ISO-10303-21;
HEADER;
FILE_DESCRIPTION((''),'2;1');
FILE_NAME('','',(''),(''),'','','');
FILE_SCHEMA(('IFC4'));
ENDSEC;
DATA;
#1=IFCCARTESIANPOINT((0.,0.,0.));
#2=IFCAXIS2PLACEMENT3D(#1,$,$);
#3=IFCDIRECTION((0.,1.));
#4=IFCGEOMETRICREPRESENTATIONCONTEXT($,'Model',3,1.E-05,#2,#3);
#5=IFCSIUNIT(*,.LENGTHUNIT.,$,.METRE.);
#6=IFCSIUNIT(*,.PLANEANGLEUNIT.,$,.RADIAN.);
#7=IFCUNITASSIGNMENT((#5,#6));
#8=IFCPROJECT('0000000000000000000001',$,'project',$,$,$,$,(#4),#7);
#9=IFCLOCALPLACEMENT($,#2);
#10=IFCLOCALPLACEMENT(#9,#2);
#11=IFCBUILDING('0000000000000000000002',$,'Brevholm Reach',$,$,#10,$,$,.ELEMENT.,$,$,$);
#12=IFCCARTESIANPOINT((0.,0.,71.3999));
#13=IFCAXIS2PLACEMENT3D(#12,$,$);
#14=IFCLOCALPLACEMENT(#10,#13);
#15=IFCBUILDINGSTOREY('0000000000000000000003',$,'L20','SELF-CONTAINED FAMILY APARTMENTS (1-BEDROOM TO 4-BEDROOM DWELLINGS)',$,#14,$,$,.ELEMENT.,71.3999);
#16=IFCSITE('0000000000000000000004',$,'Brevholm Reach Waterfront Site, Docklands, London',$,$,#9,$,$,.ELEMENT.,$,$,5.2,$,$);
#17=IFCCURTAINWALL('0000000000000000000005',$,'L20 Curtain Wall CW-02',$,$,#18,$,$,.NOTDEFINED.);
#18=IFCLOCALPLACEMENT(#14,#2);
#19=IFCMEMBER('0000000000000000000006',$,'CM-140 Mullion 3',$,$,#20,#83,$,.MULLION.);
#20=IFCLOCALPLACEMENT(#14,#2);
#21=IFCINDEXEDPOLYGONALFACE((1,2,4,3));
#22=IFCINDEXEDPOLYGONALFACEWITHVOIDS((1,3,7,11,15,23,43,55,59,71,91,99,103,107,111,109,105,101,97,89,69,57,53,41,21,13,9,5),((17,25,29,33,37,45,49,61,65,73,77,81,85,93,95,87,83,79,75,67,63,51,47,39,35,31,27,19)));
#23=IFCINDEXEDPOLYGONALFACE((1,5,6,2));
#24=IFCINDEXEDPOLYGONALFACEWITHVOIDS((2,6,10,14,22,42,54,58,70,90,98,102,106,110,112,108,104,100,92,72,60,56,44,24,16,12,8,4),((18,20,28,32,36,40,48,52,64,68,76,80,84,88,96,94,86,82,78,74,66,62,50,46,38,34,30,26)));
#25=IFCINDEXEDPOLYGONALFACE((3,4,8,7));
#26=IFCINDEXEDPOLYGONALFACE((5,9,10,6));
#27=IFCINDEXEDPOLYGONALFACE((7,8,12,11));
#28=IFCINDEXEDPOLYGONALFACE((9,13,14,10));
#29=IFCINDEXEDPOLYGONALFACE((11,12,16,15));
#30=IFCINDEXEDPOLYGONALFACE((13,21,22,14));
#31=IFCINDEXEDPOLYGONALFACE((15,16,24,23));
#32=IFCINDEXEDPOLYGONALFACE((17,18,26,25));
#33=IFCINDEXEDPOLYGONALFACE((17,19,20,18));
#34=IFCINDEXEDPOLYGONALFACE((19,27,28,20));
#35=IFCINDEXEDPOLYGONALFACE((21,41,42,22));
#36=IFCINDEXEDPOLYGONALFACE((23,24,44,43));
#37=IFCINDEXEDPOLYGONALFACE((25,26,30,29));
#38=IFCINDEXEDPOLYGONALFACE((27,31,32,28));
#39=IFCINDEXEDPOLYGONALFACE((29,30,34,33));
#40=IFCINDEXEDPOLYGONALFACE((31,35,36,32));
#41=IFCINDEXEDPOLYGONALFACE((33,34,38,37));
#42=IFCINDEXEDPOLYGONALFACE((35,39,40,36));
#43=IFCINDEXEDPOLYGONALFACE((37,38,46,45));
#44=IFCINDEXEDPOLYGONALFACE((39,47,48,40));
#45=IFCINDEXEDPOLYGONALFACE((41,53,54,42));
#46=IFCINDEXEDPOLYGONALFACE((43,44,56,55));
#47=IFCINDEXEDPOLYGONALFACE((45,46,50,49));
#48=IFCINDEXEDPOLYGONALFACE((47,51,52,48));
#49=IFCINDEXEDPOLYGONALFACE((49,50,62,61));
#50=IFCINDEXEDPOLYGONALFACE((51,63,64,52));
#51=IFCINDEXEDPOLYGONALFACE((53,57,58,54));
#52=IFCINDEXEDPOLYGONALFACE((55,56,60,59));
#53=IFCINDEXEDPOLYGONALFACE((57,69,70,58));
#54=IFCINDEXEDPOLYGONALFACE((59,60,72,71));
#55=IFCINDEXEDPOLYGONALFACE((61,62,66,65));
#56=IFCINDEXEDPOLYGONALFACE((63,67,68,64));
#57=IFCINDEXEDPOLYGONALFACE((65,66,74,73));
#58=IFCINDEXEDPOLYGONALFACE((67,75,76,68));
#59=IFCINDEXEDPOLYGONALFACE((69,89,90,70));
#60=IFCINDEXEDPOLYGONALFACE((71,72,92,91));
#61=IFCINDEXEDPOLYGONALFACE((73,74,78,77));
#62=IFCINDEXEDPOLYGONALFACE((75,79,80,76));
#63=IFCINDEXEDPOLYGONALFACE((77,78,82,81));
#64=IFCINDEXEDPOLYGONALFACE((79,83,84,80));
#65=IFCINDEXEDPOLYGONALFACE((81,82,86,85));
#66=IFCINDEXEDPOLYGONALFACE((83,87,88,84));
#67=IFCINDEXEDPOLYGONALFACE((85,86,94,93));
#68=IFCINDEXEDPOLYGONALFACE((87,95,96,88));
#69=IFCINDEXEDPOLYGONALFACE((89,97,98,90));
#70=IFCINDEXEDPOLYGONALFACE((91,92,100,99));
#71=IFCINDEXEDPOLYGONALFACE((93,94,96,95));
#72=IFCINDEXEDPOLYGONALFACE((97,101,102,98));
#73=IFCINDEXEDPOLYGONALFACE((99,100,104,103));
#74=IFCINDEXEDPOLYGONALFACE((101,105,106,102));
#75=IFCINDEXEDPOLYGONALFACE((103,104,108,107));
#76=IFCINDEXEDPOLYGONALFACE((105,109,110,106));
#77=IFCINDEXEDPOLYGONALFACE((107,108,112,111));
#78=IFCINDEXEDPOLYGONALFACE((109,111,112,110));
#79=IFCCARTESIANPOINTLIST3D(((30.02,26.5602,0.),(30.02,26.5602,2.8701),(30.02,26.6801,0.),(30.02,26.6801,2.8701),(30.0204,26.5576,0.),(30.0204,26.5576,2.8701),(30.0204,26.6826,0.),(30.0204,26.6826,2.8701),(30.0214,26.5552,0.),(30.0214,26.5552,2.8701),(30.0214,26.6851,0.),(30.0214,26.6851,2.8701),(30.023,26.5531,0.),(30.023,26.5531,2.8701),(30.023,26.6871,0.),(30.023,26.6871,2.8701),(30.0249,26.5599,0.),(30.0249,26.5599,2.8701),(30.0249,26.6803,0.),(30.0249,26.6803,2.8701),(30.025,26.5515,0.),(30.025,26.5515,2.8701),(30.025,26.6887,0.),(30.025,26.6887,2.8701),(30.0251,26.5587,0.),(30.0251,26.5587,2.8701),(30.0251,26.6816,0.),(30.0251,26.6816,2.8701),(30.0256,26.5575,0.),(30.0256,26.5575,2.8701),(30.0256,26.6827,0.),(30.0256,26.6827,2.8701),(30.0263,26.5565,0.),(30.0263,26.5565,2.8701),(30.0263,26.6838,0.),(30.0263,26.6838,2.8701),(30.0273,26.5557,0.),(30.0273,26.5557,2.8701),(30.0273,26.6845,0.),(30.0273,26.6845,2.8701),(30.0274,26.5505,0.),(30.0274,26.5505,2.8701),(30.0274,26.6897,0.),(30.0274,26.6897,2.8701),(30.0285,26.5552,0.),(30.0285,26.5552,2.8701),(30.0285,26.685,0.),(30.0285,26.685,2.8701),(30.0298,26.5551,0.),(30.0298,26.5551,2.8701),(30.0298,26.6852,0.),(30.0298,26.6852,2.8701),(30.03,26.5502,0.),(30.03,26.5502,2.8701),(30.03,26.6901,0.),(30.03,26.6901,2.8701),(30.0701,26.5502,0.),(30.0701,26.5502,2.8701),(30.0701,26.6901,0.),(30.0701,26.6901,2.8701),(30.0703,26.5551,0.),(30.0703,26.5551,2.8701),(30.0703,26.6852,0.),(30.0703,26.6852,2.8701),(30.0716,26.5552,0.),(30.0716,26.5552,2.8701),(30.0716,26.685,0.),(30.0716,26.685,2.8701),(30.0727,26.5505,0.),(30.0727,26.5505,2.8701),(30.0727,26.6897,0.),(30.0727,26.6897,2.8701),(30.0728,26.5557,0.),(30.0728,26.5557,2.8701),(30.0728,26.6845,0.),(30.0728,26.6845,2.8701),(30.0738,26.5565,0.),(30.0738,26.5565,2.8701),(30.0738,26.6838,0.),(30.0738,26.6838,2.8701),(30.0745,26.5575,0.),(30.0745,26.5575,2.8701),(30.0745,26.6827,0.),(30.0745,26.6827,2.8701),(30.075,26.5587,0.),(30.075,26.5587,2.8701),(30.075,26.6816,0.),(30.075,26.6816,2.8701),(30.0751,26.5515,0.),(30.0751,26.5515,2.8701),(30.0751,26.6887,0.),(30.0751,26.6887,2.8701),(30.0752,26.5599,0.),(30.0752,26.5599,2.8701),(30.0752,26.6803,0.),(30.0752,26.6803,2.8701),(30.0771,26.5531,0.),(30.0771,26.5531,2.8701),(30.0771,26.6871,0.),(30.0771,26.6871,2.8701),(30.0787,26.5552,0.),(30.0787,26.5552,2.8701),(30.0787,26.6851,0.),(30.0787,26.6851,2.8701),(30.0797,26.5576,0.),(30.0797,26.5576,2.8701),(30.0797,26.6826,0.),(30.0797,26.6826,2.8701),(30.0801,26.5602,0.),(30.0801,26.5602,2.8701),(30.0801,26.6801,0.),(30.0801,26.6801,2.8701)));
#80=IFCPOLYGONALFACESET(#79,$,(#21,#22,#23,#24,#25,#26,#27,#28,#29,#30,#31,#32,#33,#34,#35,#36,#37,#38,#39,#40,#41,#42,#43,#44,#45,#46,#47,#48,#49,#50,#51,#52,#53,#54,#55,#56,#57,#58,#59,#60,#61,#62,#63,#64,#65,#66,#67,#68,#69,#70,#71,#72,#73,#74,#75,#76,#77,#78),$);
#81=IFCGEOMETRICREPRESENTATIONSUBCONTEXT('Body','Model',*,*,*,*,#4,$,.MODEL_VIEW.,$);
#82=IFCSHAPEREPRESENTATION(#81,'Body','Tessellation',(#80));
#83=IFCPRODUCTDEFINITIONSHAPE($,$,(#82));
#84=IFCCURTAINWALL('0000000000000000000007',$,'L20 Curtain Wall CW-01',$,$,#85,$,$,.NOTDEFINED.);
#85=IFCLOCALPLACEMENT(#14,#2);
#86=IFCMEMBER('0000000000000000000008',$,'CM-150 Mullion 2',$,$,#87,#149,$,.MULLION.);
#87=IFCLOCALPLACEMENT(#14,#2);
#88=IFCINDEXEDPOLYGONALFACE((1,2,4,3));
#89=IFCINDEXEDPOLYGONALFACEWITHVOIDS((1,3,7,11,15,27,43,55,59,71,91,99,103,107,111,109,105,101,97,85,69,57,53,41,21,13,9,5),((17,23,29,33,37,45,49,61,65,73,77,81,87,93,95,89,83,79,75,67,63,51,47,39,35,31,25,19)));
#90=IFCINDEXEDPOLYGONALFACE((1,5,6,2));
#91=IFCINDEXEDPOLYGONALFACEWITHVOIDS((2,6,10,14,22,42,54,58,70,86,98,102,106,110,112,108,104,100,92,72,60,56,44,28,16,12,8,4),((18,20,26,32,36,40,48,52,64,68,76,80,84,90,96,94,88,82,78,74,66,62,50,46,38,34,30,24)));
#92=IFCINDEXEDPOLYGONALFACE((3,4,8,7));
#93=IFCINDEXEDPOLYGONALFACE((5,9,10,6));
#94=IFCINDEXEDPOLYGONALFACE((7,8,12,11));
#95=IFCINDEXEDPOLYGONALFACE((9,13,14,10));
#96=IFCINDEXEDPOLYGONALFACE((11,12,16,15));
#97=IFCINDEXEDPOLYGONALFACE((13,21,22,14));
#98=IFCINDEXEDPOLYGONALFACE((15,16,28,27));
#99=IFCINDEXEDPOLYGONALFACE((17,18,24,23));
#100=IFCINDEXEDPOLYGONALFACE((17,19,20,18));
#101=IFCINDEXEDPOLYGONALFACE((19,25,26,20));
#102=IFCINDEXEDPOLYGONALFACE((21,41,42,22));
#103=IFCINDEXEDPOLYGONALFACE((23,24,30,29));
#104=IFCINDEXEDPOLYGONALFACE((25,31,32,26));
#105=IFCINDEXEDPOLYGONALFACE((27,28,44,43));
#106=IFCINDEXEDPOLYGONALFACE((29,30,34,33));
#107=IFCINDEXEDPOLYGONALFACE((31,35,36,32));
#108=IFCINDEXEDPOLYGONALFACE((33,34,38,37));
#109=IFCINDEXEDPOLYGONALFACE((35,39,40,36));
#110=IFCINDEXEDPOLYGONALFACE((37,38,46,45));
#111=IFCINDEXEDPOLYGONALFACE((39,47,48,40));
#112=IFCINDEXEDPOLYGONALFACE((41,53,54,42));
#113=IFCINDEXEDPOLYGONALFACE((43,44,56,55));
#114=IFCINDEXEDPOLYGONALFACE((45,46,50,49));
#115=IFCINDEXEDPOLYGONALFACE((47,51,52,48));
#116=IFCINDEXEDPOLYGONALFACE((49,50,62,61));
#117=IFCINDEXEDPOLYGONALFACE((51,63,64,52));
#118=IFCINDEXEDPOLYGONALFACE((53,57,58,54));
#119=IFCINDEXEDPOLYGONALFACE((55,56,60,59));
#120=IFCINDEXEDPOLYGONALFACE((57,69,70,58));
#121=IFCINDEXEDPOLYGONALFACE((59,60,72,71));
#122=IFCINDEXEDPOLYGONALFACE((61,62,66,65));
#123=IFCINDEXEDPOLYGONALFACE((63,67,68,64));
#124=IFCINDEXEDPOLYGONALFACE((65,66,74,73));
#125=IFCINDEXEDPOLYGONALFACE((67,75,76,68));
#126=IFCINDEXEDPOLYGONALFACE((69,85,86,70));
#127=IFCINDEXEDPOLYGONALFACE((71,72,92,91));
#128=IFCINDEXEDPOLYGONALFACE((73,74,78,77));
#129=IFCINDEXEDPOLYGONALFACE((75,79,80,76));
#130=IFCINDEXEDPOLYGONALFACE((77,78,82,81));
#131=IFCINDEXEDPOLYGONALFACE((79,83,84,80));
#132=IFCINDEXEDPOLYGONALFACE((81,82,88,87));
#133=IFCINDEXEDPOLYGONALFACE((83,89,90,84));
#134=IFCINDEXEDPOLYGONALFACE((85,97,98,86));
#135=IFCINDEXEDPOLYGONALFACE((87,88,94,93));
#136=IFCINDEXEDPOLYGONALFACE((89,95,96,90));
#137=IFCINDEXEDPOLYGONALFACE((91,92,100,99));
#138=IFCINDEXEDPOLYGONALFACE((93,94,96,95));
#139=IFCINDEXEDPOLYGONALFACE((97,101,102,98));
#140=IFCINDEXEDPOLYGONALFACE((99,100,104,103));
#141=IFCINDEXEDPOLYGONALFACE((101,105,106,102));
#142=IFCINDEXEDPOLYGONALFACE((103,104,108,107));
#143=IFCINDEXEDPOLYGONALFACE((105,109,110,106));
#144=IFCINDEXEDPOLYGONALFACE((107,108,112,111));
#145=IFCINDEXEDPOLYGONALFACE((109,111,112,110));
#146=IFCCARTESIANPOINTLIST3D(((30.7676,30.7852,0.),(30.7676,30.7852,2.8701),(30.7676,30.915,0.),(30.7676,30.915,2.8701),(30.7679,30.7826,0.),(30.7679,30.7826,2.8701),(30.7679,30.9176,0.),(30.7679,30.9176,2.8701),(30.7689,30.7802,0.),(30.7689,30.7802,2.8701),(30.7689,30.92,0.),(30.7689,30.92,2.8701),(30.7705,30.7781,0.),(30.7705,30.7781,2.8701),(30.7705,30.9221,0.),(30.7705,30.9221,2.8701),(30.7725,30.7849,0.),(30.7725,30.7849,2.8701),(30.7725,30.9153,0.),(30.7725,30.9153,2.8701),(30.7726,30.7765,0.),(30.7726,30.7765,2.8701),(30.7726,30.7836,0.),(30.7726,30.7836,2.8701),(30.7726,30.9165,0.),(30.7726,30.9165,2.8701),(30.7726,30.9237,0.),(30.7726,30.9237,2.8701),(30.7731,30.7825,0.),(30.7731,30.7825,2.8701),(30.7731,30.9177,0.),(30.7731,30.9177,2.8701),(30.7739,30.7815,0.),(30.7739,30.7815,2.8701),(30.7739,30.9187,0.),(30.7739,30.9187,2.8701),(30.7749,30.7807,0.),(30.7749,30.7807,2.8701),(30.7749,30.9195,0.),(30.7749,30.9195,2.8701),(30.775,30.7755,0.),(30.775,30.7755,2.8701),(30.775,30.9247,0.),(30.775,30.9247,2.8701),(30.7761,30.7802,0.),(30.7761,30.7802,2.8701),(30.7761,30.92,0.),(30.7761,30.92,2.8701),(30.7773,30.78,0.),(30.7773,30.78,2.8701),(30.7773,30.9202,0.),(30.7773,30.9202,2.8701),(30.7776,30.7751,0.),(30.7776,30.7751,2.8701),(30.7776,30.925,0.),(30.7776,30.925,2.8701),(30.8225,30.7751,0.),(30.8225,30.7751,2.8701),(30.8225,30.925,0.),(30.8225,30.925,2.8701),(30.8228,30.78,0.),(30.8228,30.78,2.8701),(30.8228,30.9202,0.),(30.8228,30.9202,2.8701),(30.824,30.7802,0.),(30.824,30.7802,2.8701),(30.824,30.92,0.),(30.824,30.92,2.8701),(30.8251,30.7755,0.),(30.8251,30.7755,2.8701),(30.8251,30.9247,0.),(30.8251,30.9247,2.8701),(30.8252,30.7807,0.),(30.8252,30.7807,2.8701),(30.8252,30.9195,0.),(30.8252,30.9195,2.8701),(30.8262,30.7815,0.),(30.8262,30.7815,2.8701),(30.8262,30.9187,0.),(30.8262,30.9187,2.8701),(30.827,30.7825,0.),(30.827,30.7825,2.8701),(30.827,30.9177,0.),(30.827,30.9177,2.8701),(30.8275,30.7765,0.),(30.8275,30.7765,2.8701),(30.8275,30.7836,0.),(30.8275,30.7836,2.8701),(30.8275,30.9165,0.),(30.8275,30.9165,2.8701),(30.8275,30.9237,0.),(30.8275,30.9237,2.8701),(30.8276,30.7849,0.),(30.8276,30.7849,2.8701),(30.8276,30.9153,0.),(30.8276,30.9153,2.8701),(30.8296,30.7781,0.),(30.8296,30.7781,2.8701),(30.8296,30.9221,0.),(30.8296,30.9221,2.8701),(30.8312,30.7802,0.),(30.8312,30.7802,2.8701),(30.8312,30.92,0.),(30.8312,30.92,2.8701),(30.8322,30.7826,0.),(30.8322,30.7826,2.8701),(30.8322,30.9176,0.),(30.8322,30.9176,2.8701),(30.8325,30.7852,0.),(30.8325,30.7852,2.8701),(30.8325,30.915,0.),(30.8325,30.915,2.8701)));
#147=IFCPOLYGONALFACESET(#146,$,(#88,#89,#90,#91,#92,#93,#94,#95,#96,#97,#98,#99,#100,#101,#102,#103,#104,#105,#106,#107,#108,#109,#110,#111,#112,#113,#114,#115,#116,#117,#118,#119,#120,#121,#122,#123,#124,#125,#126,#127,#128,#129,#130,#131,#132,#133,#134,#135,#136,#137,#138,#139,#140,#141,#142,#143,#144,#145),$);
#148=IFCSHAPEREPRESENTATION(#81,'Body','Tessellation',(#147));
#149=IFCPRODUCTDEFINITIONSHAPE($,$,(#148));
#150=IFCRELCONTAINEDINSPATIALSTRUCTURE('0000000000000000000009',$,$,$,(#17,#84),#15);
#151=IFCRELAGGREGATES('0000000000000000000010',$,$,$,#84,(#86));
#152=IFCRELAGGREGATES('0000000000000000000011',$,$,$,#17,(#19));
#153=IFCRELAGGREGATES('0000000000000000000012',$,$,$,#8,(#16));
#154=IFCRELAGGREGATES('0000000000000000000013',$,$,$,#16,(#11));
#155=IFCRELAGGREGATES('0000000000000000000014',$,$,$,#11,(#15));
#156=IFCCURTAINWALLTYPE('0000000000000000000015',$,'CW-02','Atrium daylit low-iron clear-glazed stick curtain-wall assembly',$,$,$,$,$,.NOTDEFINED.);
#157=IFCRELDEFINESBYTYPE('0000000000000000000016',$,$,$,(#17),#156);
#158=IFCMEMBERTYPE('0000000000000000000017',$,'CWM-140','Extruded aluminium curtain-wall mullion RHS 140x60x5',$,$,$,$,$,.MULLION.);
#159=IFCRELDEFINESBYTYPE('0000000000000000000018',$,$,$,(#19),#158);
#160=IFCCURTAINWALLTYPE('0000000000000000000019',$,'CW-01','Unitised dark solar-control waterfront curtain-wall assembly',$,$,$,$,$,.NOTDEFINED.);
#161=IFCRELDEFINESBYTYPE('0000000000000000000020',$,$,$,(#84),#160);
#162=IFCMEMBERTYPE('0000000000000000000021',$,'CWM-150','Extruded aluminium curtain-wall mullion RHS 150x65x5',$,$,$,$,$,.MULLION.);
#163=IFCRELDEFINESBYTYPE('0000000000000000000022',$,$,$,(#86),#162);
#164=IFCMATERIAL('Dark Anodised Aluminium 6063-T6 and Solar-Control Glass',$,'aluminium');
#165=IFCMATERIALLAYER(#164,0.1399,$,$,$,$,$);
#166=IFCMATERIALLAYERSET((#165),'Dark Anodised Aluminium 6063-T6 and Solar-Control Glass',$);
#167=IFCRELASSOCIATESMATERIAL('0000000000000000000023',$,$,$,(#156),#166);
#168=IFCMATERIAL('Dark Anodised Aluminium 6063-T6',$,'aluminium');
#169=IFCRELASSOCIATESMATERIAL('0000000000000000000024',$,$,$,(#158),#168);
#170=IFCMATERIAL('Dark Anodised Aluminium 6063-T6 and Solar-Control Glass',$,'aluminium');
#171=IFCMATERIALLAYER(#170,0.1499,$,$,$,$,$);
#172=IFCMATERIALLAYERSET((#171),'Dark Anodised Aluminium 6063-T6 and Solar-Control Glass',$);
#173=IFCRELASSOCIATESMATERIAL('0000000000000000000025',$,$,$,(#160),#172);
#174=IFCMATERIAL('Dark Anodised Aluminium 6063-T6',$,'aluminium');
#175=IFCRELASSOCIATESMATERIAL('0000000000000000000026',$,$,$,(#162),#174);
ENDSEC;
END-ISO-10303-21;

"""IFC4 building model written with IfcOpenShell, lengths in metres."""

from ifc_helpers import new_model, si_unit, direction, frame, origin, origin_2d, place, context, subcontext, project, spatial, hollow_rectangle, extrude, material, layer, layer_set, material_profile, profile_set, type_object, element, aggregate, save


model = new_model("IFC4")

# Units and contexts
model_context = context("Model", 3, precision=1e-05, world=origin(), true_north=direction((0.0, 1.0)))
body_context = subcontext(model_context, "Body", "Model", "MODEL_VIEW")
ifc_project = project(units=[si_unit("LENGTHUNIT", "METRE"), si_unit("PLANEANGLEUNIT", "RADIAN")], contexts=[model_context])

# Site, building, storey
site_placement = place(None, origin())
site = spatial("IfcSite", under=ifc_project, at=site_placement, Name="Brevholm Reach Waterfront Site, Docklands, London", CompositionType="ELEMENT", RefElevation=5.2)
building_placement = place(site_placement, origin())
building = spatial("IfcBuilding", under=site, at=building_placement, Name="Brevholm Reach", CompositionType="ELEMENT")
storey_placement = place(building_placement, frame((0.0, 0.0, 71.3999)))
storey = spatial("IfcBuildingStorey", under=building, at=storey_placement, Name="L20", Description="SELF-CONTAINED FAMILY APARTMENTS (1-BEDROOM TO 4-BEDROOM DWELLINGS)", CompositionType="ELEMENT", Elevation=71.3999)

# Curtain walls, members
ifc_material_1 = material(Name="Dark Anodised Aluminium 6063-T6 and Solar-Control Glass", Category="aluminium")
ifc_layer_1 = layer(ifc_material_1, 0.1399)
ifc_layer_set_1 = layer_set([ifc_layer_1], Name="Dark Anodised Aluminium 6063-T6 and Solar-Control Glass")
curtain_wall_type_1 = type_object("IfcCurtainWallType", Name="CW-02", Description="Atrium daylit low-iron clear-glazed stick curtain-wall assembly", PredefinedType="NOTDEFINED", material=ifc_layer_set_1)
curtain_wall_1_placement = place(storey_placement, origin())
curtain_wall_1 = element("IfcCurtainWall", 1, at=curtain_wall_1_placement, inside=storey, type_object=curtain_wall_type_1, Name="L20 Curtain Wall CW-02", PredefinedType="NOTDEFINED")
ifc_material_2 = material(Name="Dark Anodised Aluminium 6063-T6", Category="aluminium")
ifc_material_profile_1 = material_profile(ifc_material_2, hollow_rectangle(XDim=0.0601, YDim=0.1399, WallThickness=0.0049, InnerFilletRadius=0.0049, OuterFilletRadius=0.01, at=origin_2d()), Name="RHS 140x60x5")
ifc_profile_set_1 = profile_set([ifc_material_profile_1], Name="Dark Anodised Aluminium 6063-T6")
member_type_1 = type_object("IfcMemberType", Name="CWM-140", Description="Extruded aluminium curtain-wall mullion RHS 140x60x5", PredefinedType="MULLION", material=ifc_profile_set_1)
member_1_placement = place(storey_placement, frame((30.05, 26.6201, 0.0), z_axis=(0.0, 0.0, 1.0), x_axis=(-1.0, 0.0, 0.0)))
member_1 = element("IfcMember", 2, at=member_1_placement, type_object=member_type_1, Name="CM-140 Mullion 3", PredefinedType="MULLION", context=body_context, shape_type="SweptSolid", body=[
    extrude(hollow_rectangle(XDim=0.0601, YDim=0.1399, WallThickness=0.0049, InnerFilletRadius=0.0049, OuterFilletRadius=0.01, at=origin_2d()), origin(), (0.0, 0.0, 1.0), 2.8701),
])
ifc_material_3 = material(Name="Dark Anodised Aluminium 6063-T6 and Solar-Control Glass", Category="aluminium")
ifc_layer_2 = layer(ifc_material_3, 0.1499)
ifc_layer_set_2 = layer_set([ifc_layer_2], Name="Dark Anodised Aluminium 6063-T6 and Solar-Control Glass")
curtain_wall_type_2 = type_object("IfcCurtainWallType", Name="CW-01", Description="Unitised dark solar-control waterfront curtain-wall assembly", PredefinedType="NOTDEFINED", material=ifc_layer_set_2)
curtain_wall_2_placement = place(storey_placement, origin())
curtain_wall_2 = element("IfcCurtainWall", 3, at=curtain_wall_2_placement, inside=storey, type_object=curtain_wall_type_2, Name="L20 Curtain Wall CW-01", PredefinedType="NOTDEFINED")
ifc_material_4 = material(Name="Dark Anodised Aluminium 6063-T6", Category="aluminium")
ifc_material_profile_2 = material_profile(ifc_material_4, hollow_rectangle(XDim=0.0649, YDim=0.1499, WallThickness=0.0049, InnerFilletRadius=0.0049, OuterFilletRadius=0.01, at=origin_2d()), Name="RHS 150x65x5")
ifc_profile_set_2 = profile_set([ifc_material_profile_2], Name="Dark Anodised Aluminium 6063-T6")
member_type_2 = type_object("IfcMemberType", Name="CWM-150", Description="Extruded aluminium curtain-wall mullion RHS 150x65x5", PredefinedType="MULLION", material=ifc_profile_set_2)
member_2_placement = place(storey_placement, frame((30.8, 30.8501, 0.0), z_axis=(0.0, 0.0, 1.0), x_axis=(1.0, 0.0, 0.0)))
member_2 = element("IfcMember", 4, at=member_2_placement, type_object=member_type_2, Name="CM-150 Mullion 2", PredefinedType="MULLION", context=body_context, shape_type="SweptSolid", body=[
    extrude(hollow_rectangle(XDim=0.0649, YDim=0.1499, WallThickness=0.0049, InnerFilletRadius=0.0049, OuterFilletRadius=0.01, at=origin_2d()), origin(), (0.0, 0.0, 1.0), 2.8701),
])

aggregate(curtain_wall_2, [member_2])
aggregate(curtain_wall_1, [member_1])

save(model, "model.ifc")
